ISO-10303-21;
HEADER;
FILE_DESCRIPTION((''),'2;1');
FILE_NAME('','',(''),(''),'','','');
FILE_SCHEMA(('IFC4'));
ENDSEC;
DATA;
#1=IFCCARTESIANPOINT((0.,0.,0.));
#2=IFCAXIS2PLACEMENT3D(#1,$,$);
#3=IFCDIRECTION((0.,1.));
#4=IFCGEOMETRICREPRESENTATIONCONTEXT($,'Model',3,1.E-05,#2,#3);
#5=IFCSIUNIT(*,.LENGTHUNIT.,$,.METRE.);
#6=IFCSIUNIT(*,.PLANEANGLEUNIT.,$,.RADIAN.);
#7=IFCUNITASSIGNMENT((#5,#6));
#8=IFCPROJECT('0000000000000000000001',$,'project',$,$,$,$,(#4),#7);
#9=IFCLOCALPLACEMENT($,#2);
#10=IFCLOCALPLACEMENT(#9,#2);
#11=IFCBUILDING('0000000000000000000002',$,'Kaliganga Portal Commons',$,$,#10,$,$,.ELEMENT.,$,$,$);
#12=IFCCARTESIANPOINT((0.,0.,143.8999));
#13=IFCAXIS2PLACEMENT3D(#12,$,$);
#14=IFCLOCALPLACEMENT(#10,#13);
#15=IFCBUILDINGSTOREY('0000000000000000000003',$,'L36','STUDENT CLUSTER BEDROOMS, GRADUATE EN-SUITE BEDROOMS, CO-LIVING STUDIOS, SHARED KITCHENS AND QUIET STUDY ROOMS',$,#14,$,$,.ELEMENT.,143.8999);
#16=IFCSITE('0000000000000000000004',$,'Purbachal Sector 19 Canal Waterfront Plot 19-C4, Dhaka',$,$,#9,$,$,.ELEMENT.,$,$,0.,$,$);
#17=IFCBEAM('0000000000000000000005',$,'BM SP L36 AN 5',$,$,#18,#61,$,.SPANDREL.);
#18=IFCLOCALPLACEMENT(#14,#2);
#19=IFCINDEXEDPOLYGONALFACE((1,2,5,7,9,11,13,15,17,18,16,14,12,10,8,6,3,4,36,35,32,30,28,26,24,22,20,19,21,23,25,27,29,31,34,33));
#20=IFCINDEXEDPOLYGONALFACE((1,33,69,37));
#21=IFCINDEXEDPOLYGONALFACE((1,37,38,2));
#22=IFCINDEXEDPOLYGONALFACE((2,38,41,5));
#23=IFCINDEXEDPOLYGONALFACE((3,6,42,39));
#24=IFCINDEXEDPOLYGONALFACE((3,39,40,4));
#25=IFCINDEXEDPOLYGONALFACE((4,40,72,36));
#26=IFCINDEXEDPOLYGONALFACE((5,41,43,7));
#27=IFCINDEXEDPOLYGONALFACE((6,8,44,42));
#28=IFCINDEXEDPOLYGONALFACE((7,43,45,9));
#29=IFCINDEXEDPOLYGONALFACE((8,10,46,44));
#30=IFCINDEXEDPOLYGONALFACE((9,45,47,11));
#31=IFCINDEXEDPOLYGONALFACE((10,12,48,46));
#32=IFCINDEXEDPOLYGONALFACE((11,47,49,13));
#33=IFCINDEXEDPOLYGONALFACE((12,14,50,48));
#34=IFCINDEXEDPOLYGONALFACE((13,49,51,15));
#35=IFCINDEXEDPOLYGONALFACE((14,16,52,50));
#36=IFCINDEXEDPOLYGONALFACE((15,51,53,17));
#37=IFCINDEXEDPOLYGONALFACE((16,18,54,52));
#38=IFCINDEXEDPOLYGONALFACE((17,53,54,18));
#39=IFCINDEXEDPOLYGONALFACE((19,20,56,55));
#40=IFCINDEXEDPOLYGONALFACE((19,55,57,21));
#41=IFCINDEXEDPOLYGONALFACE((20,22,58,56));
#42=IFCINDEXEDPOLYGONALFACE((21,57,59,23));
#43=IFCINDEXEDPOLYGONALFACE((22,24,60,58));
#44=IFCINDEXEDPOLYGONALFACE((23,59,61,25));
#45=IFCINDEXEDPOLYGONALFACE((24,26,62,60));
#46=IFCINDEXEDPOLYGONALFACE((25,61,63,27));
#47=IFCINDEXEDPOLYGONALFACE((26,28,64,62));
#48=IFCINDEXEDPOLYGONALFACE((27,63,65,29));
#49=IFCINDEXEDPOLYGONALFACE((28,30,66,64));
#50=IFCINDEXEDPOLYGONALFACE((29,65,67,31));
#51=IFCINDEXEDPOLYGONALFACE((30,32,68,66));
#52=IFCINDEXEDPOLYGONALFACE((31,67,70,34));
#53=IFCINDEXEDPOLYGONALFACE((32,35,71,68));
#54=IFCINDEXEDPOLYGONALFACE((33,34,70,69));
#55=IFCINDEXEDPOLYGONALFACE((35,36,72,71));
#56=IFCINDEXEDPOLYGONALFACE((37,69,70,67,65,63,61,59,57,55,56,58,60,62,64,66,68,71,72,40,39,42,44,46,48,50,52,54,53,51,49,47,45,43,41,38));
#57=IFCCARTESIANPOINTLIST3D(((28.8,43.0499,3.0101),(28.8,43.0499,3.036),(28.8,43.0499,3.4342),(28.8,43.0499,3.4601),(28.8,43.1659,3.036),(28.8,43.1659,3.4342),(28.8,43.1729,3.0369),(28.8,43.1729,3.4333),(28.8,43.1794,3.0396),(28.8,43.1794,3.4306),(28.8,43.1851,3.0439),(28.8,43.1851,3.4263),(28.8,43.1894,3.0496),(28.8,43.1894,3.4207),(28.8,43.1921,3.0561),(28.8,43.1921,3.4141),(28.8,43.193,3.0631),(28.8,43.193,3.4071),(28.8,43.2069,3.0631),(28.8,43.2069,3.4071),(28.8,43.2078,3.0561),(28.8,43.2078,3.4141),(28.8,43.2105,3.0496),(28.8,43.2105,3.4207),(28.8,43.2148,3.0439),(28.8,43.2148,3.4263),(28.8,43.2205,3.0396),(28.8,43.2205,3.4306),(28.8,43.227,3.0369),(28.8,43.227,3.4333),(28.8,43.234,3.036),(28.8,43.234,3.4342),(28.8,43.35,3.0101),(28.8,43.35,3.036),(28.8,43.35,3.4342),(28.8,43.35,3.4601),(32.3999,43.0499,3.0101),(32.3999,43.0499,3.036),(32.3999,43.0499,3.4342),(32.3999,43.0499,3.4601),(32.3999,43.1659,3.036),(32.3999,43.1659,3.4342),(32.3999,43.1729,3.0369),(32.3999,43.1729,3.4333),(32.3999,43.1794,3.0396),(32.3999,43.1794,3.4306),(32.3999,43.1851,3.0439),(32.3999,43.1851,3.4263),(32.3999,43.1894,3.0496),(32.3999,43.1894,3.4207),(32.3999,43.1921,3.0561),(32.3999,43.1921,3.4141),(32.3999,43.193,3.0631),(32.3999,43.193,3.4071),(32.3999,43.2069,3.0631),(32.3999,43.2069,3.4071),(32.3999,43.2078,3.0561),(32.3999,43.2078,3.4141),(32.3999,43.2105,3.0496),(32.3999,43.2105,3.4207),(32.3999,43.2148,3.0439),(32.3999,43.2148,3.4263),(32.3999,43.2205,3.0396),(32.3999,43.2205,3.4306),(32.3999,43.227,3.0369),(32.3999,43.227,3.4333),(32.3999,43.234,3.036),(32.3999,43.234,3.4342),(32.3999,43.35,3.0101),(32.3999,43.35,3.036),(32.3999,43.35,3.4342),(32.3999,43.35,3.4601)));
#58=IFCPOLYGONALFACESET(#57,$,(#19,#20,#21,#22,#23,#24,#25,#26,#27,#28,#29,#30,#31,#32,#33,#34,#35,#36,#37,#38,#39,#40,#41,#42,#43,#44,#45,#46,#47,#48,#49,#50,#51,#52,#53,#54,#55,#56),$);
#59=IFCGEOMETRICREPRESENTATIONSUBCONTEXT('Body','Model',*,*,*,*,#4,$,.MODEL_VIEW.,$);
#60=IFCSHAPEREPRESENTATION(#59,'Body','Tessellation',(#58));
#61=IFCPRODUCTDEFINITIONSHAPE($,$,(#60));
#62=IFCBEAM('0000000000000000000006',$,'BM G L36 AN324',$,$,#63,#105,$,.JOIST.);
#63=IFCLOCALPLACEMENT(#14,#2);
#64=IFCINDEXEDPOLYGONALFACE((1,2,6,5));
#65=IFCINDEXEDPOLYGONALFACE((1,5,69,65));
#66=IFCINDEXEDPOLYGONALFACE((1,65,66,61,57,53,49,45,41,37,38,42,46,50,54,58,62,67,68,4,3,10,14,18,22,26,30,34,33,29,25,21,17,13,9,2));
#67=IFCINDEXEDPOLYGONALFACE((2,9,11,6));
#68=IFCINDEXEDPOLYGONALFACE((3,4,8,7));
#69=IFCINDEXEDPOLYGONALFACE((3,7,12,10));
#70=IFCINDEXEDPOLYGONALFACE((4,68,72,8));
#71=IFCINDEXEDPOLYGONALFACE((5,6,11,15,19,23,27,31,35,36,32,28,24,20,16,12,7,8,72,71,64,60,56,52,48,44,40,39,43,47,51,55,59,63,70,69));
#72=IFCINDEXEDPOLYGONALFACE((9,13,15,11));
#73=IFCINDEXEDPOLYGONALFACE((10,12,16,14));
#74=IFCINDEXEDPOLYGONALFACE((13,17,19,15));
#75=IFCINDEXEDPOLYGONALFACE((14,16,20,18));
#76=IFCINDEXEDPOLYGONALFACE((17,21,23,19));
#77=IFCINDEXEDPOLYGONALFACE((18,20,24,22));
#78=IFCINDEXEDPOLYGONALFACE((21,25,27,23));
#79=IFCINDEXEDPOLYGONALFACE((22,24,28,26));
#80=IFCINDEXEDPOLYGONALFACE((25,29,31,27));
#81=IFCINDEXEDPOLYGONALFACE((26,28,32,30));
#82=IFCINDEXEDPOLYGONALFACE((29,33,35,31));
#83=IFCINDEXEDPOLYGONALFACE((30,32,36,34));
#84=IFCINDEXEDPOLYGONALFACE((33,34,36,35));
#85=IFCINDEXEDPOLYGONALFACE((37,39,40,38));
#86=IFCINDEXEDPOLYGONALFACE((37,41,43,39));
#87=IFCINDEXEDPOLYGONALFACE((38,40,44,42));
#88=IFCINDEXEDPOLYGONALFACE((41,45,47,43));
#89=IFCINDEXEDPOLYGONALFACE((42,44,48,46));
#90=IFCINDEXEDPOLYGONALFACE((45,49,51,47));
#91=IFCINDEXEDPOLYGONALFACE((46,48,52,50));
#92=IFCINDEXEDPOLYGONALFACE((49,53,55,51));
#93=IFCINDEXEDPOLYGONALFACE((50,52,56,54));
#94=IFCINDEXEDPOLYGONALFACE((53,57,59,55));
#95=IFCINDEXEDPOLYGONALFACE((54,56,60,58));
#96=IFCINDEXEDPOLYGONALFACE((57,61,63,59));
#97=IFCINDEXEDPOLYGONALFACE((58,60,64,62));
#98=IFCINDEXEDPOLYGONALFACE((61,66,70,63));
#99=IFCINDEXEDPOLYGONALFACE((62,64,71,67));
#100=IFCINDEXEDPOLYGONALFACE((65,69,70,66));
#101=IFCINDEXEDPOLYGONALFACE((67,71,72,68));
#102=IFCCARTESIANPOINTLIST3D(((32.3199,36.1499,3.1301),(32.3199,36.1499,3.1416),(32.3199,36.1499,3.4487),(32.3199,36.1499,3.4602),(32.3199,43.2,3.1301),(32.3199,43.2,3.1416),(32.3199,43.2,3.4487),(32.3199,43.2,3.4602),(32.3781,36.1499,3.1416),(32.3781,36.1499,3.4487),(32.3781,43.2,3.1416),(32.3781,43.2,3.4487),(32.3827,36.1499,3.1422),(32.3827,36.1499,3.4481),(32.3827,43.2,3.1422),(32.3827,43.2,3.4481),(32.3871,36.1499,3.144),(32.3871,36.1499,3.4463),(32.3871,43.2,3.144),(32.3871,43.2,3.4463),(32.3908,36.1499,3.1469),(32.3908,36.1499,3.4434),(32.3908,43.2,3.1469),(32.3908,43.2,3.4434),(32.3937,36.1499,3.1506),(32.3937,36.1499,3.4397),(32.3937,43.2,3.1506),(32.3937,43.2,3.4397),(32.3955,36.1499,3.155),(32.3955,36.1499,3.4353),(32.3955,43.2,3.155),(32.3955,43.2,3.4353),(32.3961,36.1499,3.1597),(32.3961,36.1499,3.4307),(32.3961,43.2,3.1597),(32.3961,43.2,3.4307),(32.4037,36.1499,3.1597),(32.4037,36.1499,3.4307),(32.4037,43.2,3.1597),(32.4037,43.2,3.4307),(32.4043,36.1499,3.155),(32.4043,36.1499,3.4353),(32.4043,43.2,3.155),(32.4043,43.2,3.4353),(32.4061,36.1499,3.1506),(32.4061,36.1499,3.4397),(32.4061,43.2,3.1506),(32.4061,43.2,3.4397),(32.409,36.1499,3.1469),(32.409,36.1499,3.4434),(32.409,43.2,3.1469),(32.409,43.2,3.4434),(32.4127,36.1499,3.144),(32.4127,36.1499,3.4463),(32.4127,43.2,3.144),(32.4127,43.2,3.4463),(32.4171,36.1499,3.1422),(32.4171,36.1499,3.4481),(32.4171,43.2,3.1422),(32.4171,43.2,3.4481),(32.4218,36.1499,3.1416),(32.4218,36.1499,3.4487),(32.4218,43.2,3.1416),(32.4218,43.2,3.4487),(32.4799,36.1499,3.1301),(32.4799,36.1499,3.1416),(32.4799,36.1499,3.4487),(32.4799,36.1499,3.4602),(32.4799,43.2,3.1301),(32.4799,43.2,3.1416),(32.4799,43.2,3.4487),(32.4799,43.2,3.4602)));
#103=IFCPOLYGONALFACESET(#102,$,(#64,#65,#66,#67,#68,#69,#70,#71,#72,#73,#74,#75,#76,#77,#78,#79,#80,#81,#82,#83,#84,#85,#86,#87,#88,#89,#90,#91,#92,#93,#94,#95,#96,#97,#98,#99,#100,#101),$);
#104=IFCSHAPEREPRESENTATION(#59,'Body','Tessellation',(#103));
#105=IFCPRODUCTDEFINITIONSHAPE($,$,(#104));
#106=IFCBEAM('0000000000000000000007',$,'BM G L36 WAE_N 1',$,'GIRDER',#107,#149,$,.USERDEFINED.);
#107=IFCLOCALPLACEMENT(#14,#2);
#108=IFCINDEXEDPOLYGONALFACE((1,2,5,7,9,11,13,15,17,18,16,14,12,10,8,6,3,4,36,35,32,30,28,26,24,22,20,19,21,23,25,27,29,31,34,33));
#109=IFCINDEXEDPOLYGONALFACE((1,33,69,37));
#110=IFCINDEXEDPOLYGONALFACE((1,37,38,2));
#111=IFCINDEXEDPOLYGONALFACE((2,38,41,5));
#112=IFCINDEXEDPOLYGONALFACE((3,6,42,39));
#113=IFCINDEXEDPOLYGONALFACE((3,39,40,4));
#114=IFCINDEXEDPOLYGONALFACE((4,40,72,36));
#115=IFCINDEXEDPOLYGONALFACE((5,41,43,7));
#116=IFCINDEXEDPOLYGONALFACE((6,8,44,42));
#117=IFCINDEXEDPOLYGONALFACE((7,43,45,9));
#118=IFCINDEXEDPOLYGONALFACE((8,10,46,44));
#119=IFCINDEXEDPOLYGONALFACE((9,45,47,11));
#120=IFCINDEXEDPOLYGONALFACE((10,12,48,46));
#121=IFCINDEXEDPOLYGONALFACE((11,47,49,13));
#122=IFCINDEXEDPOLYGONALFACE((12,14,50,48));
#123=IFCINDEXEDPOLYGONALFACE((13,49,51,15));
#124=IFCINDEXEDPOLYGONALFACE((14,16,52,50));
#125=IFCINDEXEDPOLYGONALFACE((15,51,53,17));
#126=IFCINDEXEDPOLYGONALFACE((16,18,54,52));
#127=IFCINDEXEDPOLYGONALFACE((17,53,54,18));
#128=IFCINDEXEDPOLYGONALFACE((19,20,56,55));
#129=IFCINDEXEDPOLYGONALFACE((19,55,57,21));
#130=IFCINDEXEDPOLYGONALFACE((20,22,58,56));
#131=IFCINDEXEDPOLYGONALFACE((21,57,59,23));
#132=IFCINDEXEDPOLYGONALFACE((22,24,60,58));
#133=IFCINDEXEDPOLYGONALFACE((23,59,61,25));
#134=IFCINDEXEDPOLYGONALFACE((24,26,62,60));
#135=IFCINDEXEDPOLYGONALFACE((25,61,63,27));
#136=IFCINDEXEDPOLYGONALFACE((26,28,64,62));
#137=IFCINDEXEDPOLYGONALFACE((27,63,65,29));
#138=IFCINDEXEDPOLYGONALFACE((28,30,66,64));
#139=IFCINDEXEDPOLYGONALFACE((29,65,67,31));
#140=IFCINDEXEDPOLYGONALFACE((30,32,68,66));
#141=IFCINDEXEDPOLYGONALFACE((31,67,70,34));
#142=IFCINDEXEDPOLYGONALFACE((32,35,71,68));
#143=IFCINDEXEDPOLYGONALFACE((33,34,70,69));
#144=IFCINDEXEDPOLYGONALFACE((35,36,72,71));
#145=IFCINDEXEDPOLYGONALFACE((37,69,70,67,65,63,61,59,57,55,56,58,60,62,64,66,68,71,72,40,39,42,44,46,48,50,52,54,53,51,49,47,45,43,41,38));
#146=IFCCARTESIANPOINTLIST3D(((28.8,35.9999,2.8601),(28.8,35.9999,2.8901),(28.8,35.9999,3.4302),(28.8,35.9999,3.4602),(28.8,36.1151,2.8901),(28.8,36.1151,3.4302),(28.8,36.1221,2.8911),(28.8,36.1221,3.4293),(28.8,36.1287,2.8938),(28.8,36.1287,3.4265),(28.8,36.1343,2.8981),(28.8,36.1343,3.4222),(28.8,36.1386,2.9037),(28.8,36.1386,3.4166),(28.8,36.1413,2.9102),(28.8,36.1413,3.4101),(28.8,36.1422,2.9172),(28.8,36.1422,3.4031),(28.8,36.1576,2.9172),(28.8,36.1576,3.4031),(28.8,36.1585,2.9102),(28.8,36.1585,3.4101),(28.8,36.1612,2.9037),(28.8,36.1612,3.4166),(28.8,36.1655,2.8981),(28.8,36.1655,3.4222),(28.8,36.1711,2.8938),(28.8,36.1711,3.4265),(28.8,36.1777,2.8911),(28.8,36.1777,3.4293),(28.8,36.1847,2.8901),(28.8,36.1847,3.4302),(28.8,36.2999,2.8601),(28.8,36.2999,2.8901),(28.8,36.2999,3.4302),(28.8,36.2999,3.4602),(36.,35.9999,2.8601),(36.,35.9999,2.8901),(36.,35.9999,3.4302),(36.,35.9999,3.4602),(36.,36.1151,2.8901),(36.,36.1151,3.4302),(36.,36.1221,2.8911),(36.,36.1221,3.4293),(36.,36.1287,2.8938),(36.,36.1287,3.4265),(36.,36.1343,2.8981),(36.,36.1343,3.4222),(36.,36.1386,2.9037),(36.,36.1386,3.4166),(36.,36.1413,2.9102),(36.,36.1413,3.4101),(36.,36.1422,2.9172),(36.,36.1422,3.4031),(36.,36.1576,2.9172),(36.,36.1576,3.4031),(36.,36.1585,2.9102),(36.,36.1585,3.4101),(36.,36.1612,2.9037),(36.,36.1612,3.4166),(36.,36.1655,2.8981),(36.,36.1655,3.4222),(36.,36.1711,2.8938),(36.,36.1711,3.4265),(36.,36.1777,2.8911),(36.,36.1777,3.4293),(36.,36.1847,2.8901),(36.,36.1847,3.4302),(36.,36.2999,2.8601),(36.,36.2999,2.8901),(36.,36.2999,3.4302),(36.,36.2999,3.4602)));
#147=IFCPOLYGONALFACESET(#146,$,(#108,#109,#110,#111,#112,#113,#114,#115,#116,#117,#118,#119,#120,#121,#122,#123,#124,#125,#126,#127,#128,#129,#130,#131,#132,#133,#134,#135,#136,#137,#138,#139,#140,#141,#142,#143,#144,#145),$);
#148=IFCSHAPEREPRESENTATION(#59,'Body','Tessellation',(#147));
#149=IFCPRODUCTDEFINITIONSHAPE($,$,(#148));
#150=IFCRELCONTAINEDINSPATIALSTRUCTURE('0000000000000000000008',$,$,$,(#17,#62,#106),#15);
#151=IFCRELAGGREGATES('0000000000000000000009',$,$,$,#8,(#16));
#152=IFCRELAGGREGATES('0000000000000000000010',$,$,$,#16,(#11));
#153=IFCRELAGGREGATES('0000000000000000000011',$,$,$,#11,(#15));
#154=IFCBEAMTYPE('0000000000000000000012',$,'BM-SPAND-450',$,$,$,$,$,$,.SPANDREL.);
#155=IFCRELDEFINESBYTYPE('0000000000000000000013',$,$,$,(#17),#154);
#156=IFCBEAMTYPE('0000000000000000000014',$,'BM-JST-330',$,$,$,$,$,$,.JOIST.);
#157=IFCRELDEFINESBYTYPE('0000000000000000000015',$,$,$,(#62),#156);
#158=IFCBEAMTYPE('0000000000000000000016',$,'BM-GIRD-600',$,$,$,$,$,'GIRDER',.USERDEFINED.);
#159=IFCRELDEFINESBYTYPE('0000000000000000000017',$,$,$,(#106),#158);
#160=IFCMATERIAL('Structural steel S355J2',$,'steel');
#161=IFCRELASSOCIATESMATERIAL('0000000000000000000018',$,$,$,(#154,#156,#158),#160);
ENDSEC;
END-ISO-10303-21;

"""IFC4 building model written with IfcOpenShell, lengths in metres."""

from ifc_helpers import new_model, si_unit, direction, frame, origin, origin_2d, place, context, subcontext, project, spatial, i_section, extrude, source, transform, mapped, material, material_profile, profile_set, type_object, element, save


model = new_model("IFC4")

# Units and contexts
model_context = context("Model", 3, precision=1e-05, world=origin(), true_north=direction((0.0, 1.0)))
body_context = subcontext(model_context, "Body", "Model", "MODEL_VIEW")
ifc_project = project(units=[si_unit("LENGTHUNIT", "METRE"), si_unit("PLANEANGLEUNIT", "RADIAN")], contexts=[model_context])

# Site, building, storey
site_placement = place(None, origin())
site = spatial("IfcSite", under=ifc_project, at=site_placement, Name="Purbachal Sector 19 Canal Waterfront Plot 19-C4, Dhaka", CompositionType="ELEMENT", RefElevation=0.0)
building_placement = place(site_placement, origin())
building = spatial("IfcBuilding", under=site, at=building_placement, Name="Kaliganga Portal Commons", CompositionType="ELEMENT")
storey_placement = place(building_placement, frame((0.0, 0.0, 143.8999)))
storey = spatial("IfcBuildingStorey", under=building, at=storey_placement, Name="L36", Description="STUDENT CLUSTER BEDROOMS, GRADUATE EN-SUITE BEDROOMS, CO-LIVING STUDIOS, SHARED KITCHENS AND QUIET STUDY ROOMS", CompositionType="ELEMENT", Elevation=143.8999)

# Beams
ifc_material_1 = material(Name="Structural steel S355J2", Category="steel")
ifc_material_profile_1 = material_profile(ifc_material_1, i_section(OverallWidth=0.3, OverallDepth=0.45, WebThickness=0.0139, FlangeThickness=0.0259, FilletRadius=0.0271, at=origin_2d()), Name="HE 450 B")
ifc_profile_set_1 = profile_set([ifc_material_profile_1], Name="Structural steel S355J2 wide-flange")
beam_type_1 = type_object("IfcBeamType", Name="BM-SPAND-450", PredefinedType="SPANDREL", material=ifc_profile_set_1)
shared_shape_1 = source(origin(), body_context, "Body", "SweptSolid", [
    extrude(i_section(OverallWidth=0.3, OverallDepth=0.45, WebThickness=0.0139, FlangeThickness=0.0259, FilletRadius=0.0271, at=origin_2d()), origin(), (0.0, 0.0, 1.0), 3.5999),
])
beam_1_placement = place(storey_placement, frame((28.8, 43.2, 3.2351), z_axis=(1.0, 0.0, 0.0), x_axis=(0.0, 1.0, 0.0)))
element("IfcBeam", 1, at=beam_1_placement, inside=storey, type_object=beam_type_1, Name="BM SP L36 AN 5", PredefinedType="SPANDREL", context=body_context, shape_type="MappedRepresentation", body=[
    mapped(shared_shape_1, transform((0.0, 0.0, 0.0), x_axis=(1.0, 0.0, 0.0), y_axis=(0.0, 1.0, 0.0), z_axis=(0.0, 0.0, 1.0), scale=1.0)),
])
ifc_material_profile_2 = material_profile(ifc_material_1, i_section(OverallWidth=0.1599, OverallDepth=0.3301, WebThickness=0.0076, FlangeThickness=0.0115, FilletRadius=0.0181, at=origin_2d()), Name="IPE 330")
ifc_profile_set_2 = profile_set([ifc_material_profile_2], Name="Structural steel S355J2 wide-flange")
beam_type_2 = type_object("IfcBeamType", Name="BM-JST-330", PredefinedType="JOIST", material=ifc_profile_set_2)
shared_shape_2 = source(origin(), body_context, "Body", "SweptSolid", [
    extrude(i_section(OverallWidth=0.1599, OverallDepth=0.3301, WebThickness=0.0076, FlangeThickness=0.0115, FilletRadius=0.0181, at=origin_2d()), origin(), (0.0, 0.0, 1.0), 7.05),
])
beam_2_placement = place(storey_placement, frame((32.3999, 36.1499, 3.2952), z_axis=(0.0, 1.0, 0.0), x_axis=(-1.0, 0.0, 0.0)))
element("IfcBeam", 2, at=beam_2_placement, inside=storey, type_object=beam_type_2, Name="BM G L36 AN324", PredefinedType="JOIST", context=body_context, shape_type="MappedRepresentation", body=[
    mapped(shared_shape_2, transform((0.0, 0.0, 0.0), x_axis=(1.0, 0.0, 0.0), y_axis=(0.0, 1.0, 0.0), z_axis=(0.0, 0.0, 1.0), scale=1.0)),
])
ifc_material_profile_3 = material_profile(ifc_material_1, i_section(OverallWidth=0.3, OverallDepth=0.6001, WebThickness=0.0154, FlangeThickness=0.03, FilletRadius=0.0271, at=origin_2d()), Name="HE 600 B")
ifc_profile_set_3 = profile_set([ifc_material_profile_3], Name="Structural steel S355J2 wide-flange")
beam_type_3 = type_object("IfcBeamType", Name="BM-GIRD-600", ElementType="GIRDER", PredefinedType="USERDEFINED", material=ifc_profile_set_3)
shared_shape_3 = source(origin(), body_context, "Body", "SweptSolid", [
    extrude(i_section(OverallWidth=0.3, OverallDepth=0.6001, WebThickness=0.0154, FlangeThickness=0.03, FilletRadius=0.0271, at=origin_2d()), origin(), (0.0, 0.0, 1.0), 7.2),
])
beam_3_placement = place(storey_placement, frame((28.8, 36.1499, 3.1602), z_axis=(1.0, 0.0, 0.0), x_axis=(0.0, 1.0, 0.0)))
element("IfcBeam", 3, at=beam_3_placement, inside=storey, type_object=beam_type_3, Name="BM G L36 WAE_N 1", ObjectType="GIRDER", PredefinedType="USERDEFINED", context=body_context, shape_type="MappedRepresentation", body=[
    mapped(shared_shape_3, transform((0.0, 0.0, 0.0), x_axis=(1.0, 0.0, 0.0), y_axis=(0.0, 1.0, 0.0), z_axis=(0.0, 0.0, 1.0), scale=1.0)),
])

save(model, "model.ifc")
